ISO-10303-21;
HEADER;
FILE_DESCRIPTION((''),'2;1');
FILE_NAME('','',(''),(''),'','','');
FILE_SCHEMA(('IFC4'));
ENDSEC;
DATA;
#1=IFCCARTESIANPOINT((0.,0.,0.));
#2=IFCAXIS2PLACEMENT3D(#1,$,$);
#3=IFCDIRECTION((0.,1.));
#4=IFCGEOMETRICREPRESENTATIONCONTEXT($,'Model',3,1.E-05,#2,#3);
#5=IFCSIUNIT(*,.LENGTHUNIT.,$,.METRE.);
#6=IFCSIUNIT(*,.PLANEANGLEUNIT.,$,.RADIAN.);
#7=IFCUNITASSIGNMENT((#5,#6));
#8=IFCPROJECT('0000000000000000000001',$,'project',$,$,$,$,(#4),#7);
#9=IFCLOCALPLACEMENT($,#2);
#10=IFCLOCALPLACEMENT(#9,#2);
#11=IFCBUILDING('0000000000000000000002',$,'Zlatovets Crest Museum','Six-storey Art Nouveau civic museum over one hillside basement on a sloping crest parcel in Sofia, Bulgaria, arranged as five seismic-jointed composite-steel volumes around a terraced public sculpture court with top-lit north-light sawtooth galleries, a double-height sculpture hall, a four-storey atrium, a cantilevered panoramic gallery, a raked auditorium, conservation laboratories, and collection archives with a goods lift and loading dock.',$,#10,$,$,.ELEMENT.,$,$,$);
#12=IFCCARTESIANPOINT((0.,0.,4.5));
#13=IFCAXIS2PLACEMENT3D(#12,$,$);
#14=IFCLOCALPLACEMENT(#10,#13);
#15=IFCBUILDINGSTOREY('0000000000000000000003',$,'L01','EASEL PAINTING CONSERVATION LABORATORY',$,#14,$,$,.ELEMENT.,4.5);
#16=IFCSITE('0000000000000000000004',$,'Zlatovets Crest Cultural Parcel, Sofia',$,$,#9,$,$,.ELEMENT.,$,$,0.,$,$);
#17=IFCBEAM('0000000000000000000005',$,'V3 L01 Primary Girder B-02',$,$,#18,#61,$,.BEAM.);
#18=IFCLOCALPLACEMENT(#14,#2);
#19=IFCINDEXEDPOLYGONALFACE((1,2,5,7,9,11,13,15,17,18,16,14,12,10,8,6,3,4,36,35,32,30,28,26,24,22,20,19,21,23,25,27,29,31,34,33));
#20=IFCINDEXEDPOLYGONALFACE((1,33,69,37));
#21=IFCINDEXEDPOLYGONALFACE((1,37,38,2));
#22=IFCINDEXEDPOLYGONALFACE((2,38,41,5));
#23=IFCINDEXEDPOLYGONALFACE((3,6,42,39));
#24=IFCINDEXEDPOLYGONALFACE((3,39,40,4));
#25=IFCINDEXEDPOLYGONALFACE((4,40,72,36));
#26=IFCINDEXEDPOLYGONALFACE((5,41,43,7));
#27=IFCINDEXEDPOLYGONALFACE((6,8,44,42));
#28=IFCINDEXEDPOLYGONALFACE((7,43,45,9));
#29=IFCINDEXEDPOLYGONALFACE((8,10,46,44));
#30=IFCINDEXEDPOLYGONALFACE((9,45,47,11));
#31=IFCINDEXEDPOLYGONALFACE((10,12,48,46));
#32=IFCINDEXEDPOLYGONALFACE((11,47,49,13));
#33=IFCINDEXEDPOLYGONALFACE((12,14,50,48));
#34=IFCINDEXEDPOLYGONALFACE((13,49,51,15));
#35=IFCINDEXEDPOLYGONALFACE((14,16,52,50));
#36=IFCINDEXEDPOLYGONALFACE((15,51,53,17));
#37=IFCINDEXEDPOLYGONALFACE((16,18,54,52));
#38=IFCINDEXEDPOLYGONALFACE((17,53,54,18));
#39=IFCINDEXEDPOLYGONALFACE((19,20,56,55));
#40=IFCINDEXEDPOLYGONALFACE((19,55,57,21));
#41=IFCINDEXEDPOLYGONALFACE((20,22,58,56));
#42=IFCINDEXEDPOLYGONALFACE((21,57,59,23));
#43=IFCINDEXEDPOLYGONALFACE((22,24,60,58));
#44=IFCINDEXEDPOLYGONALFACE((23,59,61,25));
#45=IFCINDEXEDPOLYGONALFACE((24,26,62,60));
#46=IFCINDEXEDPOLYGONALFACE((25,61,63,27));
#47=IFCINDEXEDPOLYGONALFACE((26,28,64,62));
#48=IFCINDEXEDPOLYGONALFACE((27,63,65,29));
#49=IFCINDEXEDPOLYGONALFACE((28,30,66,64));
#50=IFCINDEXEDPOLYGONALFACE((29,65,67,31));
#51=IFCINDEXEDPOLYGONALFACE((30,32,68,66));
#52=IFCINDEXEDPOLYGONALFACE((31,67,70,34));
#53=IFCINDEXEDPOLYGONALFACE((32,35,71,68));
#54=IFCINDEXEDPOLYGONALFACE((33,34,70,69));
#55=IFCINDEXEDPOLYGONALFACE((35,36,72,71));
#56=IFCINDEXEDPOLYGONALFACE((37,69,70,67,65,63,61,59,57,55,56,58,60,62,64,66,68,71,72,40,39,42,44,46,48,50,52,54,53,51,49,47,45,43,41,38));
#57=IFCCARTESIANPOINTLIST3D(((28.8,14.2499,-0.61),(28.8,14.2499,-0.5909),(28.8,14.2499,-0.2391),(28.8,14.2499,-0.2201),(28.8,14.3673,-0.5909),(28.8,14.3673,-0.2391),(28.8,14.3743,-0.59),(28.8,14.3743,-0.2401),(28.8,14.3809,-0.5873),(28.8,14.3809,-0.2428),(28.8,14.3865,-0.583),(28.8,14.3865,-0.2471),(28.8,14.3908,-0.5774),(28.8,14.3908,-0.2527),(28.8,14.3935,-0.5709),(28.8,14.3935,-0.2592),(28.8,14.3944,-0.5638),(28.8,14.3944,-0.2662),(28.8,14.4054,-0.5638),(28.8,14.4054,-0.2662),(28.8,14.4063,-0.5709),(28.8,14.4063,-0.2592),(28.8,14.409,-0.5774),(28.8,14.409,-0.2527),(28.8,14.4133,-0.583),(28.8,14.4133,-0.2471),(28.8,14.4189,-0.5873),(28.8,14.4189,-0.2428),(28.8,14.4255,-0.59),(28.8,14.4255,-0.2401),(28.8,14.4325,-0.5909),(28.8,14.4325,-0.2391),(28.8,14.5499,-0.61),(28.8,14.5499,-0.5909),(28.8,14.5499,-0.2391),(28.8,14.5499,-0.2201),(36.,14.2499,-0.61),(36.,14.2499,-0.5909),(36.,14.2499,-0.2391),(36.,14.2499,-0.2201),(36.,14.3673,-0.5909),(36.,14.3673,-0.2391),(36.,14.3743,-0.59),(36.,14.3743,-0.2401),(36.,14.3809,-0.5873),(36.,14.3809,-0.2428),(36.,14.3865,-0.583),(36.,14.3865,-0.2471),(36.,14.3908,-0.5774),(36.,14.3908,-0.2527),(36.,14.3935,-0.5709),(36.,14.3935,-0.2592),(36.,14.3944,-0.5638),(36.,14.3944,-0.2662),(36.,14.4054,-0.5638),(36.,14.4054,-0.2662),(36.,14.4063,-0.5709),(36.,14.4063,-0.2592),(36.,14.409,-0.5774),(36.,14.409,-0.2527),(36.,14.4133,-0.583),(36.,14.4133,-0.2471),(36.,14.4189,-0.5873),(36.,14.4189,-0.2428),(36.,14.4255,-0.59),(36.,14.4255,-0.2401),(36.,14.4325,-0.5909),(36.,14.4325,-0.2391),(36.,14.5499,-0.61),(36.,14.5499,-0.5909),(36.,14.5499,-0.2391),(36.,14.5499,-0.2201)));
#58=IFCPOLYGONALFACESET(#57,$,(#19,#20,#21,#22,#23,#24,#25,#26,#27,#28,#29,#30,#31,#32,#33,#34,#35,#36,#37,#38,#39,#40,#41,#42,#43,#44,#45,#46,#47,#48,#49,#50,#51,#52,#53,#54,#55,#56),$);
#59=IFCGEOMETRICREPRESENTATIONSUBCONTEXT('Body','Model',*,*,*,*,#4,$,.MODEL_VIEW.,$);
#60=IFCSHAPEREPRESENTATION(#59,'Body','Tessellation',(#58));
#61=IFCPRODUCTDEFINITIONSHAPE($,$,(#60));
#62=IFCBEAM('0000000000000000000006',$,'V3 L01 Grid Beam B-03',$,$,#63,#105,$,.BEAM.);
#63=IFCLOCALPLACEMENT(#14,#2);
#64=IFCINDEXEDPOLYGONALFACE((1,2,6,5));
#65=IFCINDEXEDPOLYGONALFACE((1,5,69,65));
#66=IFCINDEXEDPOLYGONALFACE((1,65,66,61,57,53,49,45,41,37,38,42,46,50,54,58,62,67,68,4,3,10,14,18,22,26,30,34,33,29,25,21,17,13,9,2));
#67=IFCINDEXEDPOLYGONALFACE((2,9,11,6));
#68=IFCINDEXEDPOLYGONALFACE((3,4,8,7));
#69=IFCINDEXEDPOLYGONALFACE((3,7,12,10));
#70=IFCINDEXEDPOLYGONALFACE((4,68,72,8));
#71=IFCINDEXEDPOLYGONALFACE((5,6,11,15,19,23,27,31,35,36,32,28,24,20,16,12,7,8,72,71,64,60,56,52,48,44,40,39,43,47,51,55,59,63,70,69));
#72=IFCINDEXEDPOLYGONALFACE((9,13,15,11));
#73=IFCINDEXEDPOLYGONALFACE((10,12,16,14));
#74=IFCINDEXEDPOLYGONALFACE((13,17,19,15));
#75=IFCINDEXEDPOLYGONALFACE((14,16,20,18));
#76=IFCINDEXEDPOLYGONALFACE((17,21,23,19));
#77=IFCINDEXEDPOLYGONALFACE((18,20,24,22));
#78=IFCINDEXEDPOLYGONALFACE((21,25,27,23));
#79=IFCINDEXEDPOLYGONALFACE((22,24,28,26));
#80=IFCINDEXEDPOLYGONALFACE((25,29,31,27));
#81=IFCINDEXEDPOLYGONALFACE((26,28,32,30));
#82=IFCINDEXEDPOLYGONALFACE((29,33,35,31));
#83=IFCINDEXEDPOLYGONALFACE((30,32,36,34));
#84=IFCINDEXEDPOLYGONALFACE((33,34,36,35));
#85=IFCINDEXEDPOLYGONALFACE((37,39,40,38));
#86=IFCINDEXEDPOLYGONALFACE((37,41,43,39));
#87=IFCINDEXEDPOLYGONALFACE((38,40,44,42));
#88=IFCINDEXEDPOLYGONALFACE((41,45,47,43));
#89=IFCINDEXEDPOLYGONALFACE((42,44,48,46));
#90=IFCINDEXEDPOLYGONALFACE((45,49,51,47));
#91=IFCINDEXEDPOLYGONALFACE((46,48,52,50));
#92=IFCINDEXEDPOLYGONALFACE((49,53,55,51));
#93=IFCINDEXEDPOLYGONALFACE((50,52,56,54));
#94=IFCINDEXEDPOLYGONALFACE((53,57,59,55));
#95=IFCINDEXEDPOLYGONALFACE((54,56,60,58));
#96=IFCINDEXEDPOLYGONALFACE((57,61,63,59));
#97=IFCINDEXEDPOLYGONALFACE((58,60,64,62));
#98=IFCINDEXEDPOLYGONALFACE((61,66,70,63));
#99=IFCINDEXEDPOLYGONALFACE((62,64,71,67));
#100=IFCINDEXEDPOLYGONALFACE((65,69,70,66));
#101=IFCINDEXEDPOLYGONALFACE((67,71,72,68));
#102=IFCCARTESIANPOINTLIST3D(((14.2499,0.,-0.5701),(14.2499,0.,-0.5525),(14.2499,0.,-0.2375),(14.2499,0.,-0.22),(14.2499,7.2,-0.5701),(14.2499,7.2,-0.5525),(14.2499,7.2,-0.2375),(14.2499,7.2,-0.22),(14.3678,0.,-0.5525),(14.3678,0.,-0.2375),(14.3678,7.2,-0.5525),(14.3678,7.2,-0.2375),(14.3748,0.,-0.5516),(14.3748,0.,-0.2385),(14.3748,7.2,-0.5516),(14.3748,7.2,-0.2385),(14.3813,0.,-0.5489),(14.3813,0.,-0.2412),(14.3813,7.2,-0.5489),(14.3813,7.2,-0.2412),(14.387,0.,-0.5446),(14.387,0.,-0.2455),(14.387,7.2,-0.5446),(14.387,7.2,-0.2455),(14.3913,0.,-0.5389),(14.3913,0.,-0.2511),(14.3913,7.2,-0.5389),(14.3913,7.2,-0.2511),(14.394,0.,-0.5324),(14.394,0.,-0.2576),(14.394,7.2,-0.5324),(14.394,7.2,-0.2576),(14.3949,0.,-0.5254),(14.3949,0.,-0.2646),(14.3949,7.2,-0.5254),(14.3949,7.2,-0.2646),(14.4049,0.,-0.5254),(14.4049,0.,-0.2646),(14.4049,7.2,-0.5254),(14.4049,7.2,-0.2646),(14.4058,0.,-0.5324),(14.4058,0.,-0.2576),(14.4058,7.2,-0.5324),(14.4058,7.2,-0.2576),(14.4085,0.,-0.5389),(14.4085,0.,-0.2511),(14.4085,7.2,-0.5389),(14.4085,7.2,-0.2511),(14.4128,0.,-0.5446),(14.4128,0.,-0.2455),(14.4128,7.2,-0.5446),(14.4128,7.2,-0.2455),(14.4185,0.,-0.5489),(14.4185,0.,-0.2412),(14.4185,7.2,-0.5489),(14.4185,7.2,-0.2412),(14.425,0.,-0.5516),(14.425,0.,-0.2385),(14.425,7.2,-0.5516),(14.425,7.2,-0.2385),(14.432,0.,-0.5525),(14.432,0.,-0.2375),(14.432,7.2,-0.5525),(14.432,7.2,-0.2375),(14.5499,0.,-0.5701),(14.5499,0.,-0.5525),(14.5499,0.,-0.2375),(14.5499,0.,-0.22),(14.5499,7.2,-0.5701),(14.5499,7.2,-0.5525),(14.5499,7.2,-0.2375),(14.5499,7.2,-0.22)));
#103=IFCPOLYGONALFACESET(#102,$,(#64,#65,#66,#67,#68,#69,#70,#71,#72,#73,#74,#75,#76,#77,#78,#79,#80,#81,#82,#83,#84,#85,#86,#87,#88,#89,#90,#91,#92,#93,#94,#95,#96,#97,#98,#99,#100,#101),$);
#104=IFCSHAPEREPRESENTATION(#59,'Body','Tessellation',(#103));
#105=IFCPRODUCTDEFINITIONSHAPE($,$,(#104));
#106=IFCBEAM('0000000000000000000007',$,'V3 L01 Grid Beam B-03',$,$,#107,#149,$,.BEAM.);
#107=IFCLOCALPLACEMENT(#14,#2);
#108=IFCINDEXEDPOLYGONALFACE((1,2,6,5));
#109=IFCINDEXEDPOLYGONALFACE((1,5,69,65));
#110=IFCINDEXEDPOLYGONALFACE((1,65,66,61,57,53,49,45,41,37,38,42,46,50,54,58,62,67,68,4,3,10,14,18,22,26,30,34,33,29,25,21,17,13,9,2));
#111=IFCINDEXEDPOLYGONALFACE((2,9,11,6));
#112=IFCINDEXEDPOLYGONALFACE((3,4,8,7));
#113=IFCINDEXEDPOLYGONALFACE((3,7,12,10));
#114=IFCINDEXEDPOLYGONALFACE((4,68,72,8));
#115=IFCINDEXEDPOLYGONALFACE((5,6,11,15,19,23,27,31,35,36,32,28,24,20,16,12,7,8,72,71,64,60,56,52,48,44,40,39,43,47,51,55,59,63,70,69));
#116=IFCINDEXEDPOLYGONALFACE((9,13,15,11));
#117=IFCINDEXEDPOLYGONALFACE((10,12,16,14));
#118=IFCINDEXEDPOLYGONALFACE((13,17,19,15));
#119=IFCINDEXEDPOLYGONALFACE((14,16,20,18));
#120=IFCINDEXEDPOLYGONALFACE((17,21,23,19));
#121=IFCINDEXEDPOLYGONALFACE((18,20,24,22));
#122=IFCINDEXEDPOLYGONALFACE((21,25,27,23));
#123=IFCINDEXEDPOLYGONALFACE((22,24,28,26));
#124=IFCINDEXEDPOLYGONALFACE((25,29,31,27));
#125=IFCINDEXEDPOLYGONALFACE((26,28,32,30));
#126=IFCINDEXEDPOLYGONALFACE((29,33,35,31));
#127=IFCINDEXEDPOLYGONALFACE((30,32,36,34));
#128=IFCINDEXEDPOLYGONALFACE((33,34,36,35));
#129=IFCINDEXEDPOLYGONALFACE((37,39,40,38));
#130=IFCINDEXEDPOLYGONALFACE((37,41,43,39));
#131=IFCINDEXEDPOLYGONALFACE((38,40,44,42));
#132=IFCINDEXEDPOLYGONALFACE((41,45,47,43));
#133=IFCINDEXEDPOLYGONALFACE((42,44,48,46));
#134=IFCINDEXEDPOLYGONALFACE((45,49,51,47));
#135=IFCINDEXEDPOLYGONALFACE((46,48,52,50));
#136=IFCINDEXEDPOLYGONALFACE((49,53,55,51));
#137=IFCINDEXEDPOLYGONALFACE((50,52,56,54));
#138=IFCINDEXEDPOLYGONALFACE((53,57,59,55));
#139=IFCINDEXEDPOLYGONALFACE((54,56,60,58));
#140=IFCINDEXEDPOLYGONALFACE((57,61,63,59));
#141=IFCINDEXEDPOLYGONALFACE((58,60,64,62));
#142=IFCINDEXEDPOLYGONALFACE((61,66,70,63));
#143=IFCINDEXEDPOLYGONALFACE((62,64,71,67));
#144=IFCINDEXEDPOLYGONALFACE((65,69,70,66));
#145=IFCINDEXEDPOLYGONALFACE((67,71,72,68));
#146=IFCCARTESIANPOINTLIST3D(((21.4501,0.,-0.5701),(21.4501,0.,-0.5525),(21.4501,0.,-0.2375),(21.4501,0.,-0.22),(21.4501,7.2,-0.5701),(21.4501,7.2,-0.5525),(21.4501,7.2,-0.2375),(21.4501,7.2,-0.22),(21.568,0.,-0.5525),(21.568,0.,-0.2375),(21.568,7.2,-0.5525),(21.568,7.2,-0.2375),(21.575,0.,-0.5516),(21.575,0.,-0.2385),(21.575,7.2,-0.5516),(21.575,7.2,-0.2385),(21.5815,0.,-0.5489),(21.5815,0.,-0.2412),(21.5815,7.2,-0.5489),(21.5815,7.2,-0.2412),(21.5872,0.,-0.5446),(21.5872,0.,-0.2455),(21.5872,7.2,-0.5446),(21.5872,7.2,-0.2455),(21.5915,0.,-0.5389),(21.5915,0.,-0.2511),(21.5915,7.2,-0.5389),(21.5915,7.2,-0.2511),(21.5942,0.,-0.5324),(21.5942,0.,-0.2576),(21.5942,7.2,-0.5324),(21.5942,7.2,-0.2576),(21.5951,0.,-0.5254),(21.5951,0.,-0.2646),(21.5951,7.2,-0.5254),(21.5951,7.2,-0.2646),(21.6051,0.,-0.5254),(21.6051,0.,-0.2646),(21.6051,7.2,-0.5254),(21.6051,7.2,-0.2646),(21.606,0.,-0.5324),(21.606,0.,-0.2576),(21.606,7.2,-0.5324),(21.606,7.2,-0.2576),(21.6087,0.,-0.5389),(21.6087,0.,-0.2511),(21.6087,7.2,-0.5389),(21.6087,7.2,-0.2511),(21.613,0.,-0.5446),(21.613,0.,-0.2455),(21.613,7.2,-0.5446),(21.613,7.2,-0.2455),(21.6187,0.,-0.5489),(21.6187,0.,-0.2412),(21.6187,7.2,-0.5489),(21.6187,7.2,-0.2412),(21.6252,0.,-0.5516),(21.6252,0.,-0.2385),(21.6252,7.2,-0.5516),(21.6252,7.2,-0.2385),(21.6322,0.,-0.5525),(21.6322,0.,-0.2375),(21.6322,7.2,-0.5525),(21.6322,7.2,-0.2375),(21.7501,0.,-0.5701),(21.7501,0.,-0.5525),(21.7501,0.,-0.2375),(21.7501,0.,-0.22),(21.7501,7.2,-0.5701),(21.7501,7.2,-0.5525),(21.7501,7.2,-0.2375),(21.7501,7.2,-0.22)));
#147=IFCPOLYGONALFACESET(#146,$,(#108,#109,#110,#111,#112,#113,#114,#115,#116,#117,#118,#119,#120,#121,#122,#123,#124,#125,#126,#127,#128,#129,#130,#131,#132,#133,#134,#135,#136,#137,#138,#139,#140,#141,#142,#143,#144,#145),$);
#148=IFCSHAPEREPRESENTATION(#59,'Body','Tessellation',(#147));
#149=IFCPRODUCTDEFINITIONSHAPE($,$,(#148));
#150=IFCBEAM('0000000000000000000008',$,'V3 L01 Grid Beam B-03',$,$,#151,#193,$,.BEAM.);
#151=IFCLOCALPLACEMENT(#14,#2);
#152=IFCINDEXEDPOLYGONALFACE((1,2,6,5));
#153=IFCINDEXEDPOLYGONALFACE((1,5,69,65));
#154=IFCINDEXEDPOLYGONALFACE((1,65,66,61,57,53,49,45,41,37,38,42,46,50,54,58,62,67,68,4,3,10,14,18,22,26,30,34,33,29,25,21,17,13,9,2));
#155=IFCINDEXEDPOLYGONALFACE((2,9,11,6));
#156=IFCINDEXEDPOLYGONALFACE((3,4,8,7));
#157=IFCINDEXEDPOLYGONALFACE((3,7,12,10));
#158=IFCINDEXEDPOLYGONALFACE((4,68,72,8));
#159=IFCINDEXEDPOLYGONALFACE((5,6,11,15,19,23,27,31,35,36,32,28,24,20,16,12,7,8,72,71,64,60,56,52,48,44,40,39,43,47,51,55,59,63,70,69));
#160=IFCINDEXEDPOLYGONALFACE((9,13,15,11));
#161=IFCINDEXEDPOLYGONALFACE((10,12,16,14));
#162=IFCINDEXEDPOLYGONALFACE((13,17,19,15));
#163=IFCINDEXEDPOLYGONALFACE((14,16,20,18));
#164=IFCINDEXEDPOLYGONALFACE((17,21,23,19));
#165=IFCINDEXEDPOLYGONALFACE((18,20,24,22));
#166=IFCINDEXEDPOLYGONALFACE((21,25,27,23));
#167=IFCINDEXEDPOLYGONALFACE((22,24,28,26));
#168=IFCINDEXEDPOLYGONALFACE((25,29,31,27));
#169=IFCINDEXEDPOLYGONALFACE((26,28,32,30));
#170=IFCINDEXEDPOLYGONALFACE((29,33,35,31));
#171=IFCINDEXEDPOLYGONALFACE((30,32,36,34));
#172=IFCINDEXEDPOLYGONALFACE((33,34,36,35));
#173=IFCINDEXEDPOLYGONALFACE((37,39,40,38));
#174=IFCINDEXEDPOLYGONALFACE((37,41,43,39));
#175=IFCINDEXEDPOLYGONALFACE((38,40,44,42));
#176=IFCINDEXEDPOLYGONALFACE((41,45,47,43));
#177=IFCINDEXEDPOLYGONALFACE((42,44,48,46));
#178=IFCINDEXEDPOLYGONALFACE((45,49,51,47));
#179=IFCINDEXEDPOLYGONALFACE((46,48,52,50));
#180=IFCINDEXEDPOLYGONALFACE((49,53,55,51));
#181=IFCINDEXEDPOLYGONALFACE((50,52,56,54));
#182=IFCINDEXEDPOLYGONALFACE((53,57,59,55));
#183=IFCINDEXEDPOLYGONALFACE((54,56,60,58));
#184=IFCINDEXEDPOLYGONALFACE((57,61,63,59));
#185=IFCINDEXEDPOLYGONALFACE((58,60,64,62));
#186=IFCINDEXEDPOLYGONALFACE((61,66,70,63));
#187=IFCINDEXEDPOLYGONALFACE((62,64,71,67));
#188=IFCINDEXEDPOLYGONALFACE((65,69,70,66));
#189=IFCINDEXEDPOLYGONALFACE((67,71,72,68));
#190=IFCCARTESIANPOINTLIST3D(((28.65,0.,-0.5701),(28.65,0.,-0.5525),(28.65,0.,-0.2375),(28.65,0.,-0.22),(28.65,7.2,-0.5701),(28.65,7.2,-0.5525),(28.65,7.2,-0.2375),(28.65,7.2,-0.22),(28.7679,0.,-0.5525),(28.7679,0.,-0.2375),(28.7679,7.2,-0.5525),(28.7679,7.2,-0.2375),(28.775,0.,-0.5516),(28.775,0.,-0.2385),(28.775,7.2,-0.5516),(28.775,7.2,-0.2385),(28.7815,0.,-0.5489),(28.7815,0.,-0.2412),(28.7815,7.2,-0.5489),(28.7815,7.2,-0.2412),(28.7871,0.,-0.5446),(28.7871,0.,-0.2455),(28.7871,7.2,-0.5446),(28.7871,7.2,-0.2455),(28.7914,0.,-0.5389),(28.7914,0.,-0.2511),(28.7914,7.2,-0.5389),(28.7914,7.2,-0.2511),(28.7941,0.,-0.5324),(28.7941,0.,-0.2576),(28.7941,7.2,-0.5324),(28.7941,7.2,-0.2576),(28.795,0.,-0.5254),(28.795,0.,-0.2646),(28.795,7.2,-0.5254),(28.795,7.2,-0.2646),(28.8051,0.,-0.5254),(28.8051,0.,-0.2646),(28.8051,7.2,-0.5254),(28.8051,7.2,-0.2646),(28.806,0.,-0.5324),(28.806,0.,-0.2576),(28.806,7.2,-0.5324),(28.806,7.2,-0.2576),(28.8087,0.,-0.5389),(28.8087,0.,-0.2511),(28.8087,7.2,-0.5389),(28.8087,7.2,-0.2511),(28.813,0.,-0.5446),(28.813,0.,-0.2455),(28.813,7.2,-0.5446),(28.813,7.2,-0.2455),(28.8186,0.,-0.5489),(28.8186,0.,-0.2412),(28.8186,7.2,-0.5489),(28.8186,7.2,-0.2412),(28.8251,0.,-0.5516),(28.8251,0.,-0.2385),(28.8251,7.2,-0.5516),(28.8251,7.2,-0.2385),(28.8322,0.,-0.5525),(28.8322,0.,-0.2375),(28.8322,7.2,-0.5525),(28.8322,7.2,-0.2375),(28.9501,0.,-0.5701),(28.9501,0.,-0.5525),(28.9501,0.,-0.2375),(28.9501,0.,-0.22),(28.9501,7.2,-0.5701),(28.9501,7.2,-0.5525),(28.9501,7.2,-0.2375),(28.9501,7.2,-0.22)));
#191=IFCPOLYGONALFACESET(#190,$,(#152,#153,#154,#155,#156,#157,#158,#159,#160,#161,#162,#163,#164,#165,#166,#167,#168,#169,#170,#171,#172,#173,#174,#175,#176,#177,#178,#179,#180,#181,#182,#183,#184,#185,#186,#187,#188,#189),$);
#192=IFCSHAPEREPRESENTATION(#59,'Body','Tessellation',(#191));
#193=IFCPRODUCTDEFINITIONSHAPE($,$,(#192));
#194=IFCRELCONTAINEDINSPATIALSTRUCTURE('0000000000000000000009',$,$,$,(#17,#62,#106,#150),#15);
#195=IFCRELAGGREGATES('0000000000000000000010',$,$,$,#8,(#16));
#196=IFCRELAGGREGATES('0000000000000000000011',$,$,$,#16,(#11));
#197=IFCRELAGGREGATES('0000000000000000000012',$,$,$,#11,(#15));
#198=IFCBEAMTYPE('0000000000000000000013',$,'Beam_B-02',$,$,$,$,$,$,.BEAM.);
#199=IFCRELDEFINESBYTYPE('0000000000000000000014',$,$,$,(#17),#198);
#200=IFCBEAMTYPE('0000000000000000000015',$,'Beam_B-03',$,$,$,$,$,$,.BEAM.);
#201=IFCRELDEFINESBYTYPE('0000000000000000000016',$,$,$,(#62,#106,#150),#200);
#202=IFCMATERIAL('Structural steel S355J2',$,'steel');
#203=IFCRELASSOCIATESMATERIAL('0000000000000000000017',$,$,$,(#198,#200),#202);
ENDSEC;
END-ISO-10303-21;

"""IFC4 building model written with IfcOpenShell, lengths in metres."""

from ifc_helpers import new_model, si_unit, direction, frame, origin, origin_2d, place, context, subcontext, project, spatial, i_section, extrude, material, material_profile, profile_set, type_object, element, save


model = new_model("IFC4")

# Units and contexts
model_context = context("Model", 3, precision=1e-05, world=origin(), true_north=direction((0.0, 1.0)))
body_context = subcontext(model_context, "Body", "Model", "MODEL_VIEW")
ifc_project = project(units=[si_unit("LENGTHUNIT", "METRE"), si_unit("PLANEANGLEUNIT", "RADIAN")], contexts=[model_context])

# Site, building, storey
site_placement = place(None, origin())
site = spatial("IfcSite", under=ifc_project, at=site_placement, Name="Zlatovets Crest Cultural Parcel, Sofia", CompositionType="ELEMENT", RefElevation=0.0)
building_placement = place(site_placement, origin())
building = spatial("IfcBuilding", under=site, at=building_placement, Name="Zlatovets Crest Museum", Description="Six-storey Art Nouveau civic museum over one hillside basement on a sloping crest parcel in Sofia, Bulgaria, arranged as five seismic-jointed composite-steel volumes around a terraced public sculpture court with top-lit north-light sawtooth galleries, a double-height sculpture hall, a four-storey atrium, a cantilevered panoramic gallery, a raked auditorium, conservation laboratories, and collection archives with a goods lift and loading dock.", CompositionType="ELEMENT")
storey_placement = place(building_placement, frame((0.0, 0.0, 4.5)))
storey = spatial("IfcBuildingStorey", under=building, at=storey_placement, Name="L01", Description="EASEL PAINTING CONSERVATION LABORATORY", CompositionType="ELEMENT", Elevation=4.5)

# Shared definitions
ifc_material_1 = material(Name="Structural steel S355J2", Category="steel")

# Beams
ifc_material_profile_1 = material_profile(ifc_material_1, i_section(OverallWidth=0.3, OverallDepth=0.3899, WebThickness=0.011, FlangeThickness=0.019, FilletRadius=0.0271, at=origin_2d()), Name="HEA 400")
ifc_profile_set_1 = profile_set([ifc_material_profile_1], Name="Structural steel S355J2")
beam_type_1 = type_object("IfcBeamType", Name="Beam_B-02", PredefinedType="BEAM", material=ifc_profile_set_1)
for number, where, z_axis, x_axis, name in (
    (1, (28.8, 14.3999, -0.415), (1.0, 0.0, 0.0), (0.0, 1.0, 0.0), "V3 L01 Primary Girder B-02"),
):
    element("IfcBeam", number, at=place(storey_placement, frame(where, z_axis=z_axis, x_axis=x_axis)), inside=storey, type_object=beam_type_1, Name=name, PredefinedType="BEAM", context=body_context, shape_type="SweptSolid", body=[
        extrude(i_section(OverallWidth=0.3, OverallDepth=0.3899, WebThickness=0.011, FlangeThickness=0.019, FilletRadius=0.0271, at=origin_2d()), origin(), (0.0, 0.0, 1.0), 7.2),
    ])
ifc_material_profile_2 = material_profile(ifc_material_1, i_section(OverallWidth=0.3, OverallDepth=0.3501, WebThickness=0.01, FlangeThickness=0.0176, FilletRadius=0.0271, at=origin_2d()), Name="HEA 360")
ifc_profile_set_2 = profile_set([ifc_material_profile_2], Name="Structural steel S355J2")
beam_type_2 = type_object("IfcBeamType", Name="Beam_B-03", PredefinedType="BEAM", material=ifc_profile_set_2)
for number, where, z_axis, x_axis, name in (
    (2, (14.3999, 0.0, -0.395), (0.0, 1.0, 0.0), (-1.0, 0.0, 0.0), "V3 L01 Grid Beam B-03"),
    (3, (21.6001, 0.0, -0.395), (0.0, 1.0, 0.0), (-1.0, 0.0, 0.0), "V3 L01 Grid Beam B-03"),
    (4, (28.8, 0.0, -0.395), (0.0, 1.0, 0.0), (-1.0, 0.0, 0.0), "V3 L01 Grid Beam B-03"),
):
    element("IfcBeam", number, at=place(storey_placement, frame(where, z_axis=z_axis, x_axis=x_axis)), inside=storey, type_object=beam_type_2, Name=name, PredefinedType="BEAM", context=body_context, shape_type="SweptSolid", body=[
        extrude(i_section(OverallWidth=0.3, OverallDepth=0.3501, WebThickness=0.01, FlangeThickness=0.0176, FilletRadius=0.0271, at=origin_2d()), origin(), (0.0, 0.0, 1.0), 7.2),
    ])

save(model, "model.ifc")
